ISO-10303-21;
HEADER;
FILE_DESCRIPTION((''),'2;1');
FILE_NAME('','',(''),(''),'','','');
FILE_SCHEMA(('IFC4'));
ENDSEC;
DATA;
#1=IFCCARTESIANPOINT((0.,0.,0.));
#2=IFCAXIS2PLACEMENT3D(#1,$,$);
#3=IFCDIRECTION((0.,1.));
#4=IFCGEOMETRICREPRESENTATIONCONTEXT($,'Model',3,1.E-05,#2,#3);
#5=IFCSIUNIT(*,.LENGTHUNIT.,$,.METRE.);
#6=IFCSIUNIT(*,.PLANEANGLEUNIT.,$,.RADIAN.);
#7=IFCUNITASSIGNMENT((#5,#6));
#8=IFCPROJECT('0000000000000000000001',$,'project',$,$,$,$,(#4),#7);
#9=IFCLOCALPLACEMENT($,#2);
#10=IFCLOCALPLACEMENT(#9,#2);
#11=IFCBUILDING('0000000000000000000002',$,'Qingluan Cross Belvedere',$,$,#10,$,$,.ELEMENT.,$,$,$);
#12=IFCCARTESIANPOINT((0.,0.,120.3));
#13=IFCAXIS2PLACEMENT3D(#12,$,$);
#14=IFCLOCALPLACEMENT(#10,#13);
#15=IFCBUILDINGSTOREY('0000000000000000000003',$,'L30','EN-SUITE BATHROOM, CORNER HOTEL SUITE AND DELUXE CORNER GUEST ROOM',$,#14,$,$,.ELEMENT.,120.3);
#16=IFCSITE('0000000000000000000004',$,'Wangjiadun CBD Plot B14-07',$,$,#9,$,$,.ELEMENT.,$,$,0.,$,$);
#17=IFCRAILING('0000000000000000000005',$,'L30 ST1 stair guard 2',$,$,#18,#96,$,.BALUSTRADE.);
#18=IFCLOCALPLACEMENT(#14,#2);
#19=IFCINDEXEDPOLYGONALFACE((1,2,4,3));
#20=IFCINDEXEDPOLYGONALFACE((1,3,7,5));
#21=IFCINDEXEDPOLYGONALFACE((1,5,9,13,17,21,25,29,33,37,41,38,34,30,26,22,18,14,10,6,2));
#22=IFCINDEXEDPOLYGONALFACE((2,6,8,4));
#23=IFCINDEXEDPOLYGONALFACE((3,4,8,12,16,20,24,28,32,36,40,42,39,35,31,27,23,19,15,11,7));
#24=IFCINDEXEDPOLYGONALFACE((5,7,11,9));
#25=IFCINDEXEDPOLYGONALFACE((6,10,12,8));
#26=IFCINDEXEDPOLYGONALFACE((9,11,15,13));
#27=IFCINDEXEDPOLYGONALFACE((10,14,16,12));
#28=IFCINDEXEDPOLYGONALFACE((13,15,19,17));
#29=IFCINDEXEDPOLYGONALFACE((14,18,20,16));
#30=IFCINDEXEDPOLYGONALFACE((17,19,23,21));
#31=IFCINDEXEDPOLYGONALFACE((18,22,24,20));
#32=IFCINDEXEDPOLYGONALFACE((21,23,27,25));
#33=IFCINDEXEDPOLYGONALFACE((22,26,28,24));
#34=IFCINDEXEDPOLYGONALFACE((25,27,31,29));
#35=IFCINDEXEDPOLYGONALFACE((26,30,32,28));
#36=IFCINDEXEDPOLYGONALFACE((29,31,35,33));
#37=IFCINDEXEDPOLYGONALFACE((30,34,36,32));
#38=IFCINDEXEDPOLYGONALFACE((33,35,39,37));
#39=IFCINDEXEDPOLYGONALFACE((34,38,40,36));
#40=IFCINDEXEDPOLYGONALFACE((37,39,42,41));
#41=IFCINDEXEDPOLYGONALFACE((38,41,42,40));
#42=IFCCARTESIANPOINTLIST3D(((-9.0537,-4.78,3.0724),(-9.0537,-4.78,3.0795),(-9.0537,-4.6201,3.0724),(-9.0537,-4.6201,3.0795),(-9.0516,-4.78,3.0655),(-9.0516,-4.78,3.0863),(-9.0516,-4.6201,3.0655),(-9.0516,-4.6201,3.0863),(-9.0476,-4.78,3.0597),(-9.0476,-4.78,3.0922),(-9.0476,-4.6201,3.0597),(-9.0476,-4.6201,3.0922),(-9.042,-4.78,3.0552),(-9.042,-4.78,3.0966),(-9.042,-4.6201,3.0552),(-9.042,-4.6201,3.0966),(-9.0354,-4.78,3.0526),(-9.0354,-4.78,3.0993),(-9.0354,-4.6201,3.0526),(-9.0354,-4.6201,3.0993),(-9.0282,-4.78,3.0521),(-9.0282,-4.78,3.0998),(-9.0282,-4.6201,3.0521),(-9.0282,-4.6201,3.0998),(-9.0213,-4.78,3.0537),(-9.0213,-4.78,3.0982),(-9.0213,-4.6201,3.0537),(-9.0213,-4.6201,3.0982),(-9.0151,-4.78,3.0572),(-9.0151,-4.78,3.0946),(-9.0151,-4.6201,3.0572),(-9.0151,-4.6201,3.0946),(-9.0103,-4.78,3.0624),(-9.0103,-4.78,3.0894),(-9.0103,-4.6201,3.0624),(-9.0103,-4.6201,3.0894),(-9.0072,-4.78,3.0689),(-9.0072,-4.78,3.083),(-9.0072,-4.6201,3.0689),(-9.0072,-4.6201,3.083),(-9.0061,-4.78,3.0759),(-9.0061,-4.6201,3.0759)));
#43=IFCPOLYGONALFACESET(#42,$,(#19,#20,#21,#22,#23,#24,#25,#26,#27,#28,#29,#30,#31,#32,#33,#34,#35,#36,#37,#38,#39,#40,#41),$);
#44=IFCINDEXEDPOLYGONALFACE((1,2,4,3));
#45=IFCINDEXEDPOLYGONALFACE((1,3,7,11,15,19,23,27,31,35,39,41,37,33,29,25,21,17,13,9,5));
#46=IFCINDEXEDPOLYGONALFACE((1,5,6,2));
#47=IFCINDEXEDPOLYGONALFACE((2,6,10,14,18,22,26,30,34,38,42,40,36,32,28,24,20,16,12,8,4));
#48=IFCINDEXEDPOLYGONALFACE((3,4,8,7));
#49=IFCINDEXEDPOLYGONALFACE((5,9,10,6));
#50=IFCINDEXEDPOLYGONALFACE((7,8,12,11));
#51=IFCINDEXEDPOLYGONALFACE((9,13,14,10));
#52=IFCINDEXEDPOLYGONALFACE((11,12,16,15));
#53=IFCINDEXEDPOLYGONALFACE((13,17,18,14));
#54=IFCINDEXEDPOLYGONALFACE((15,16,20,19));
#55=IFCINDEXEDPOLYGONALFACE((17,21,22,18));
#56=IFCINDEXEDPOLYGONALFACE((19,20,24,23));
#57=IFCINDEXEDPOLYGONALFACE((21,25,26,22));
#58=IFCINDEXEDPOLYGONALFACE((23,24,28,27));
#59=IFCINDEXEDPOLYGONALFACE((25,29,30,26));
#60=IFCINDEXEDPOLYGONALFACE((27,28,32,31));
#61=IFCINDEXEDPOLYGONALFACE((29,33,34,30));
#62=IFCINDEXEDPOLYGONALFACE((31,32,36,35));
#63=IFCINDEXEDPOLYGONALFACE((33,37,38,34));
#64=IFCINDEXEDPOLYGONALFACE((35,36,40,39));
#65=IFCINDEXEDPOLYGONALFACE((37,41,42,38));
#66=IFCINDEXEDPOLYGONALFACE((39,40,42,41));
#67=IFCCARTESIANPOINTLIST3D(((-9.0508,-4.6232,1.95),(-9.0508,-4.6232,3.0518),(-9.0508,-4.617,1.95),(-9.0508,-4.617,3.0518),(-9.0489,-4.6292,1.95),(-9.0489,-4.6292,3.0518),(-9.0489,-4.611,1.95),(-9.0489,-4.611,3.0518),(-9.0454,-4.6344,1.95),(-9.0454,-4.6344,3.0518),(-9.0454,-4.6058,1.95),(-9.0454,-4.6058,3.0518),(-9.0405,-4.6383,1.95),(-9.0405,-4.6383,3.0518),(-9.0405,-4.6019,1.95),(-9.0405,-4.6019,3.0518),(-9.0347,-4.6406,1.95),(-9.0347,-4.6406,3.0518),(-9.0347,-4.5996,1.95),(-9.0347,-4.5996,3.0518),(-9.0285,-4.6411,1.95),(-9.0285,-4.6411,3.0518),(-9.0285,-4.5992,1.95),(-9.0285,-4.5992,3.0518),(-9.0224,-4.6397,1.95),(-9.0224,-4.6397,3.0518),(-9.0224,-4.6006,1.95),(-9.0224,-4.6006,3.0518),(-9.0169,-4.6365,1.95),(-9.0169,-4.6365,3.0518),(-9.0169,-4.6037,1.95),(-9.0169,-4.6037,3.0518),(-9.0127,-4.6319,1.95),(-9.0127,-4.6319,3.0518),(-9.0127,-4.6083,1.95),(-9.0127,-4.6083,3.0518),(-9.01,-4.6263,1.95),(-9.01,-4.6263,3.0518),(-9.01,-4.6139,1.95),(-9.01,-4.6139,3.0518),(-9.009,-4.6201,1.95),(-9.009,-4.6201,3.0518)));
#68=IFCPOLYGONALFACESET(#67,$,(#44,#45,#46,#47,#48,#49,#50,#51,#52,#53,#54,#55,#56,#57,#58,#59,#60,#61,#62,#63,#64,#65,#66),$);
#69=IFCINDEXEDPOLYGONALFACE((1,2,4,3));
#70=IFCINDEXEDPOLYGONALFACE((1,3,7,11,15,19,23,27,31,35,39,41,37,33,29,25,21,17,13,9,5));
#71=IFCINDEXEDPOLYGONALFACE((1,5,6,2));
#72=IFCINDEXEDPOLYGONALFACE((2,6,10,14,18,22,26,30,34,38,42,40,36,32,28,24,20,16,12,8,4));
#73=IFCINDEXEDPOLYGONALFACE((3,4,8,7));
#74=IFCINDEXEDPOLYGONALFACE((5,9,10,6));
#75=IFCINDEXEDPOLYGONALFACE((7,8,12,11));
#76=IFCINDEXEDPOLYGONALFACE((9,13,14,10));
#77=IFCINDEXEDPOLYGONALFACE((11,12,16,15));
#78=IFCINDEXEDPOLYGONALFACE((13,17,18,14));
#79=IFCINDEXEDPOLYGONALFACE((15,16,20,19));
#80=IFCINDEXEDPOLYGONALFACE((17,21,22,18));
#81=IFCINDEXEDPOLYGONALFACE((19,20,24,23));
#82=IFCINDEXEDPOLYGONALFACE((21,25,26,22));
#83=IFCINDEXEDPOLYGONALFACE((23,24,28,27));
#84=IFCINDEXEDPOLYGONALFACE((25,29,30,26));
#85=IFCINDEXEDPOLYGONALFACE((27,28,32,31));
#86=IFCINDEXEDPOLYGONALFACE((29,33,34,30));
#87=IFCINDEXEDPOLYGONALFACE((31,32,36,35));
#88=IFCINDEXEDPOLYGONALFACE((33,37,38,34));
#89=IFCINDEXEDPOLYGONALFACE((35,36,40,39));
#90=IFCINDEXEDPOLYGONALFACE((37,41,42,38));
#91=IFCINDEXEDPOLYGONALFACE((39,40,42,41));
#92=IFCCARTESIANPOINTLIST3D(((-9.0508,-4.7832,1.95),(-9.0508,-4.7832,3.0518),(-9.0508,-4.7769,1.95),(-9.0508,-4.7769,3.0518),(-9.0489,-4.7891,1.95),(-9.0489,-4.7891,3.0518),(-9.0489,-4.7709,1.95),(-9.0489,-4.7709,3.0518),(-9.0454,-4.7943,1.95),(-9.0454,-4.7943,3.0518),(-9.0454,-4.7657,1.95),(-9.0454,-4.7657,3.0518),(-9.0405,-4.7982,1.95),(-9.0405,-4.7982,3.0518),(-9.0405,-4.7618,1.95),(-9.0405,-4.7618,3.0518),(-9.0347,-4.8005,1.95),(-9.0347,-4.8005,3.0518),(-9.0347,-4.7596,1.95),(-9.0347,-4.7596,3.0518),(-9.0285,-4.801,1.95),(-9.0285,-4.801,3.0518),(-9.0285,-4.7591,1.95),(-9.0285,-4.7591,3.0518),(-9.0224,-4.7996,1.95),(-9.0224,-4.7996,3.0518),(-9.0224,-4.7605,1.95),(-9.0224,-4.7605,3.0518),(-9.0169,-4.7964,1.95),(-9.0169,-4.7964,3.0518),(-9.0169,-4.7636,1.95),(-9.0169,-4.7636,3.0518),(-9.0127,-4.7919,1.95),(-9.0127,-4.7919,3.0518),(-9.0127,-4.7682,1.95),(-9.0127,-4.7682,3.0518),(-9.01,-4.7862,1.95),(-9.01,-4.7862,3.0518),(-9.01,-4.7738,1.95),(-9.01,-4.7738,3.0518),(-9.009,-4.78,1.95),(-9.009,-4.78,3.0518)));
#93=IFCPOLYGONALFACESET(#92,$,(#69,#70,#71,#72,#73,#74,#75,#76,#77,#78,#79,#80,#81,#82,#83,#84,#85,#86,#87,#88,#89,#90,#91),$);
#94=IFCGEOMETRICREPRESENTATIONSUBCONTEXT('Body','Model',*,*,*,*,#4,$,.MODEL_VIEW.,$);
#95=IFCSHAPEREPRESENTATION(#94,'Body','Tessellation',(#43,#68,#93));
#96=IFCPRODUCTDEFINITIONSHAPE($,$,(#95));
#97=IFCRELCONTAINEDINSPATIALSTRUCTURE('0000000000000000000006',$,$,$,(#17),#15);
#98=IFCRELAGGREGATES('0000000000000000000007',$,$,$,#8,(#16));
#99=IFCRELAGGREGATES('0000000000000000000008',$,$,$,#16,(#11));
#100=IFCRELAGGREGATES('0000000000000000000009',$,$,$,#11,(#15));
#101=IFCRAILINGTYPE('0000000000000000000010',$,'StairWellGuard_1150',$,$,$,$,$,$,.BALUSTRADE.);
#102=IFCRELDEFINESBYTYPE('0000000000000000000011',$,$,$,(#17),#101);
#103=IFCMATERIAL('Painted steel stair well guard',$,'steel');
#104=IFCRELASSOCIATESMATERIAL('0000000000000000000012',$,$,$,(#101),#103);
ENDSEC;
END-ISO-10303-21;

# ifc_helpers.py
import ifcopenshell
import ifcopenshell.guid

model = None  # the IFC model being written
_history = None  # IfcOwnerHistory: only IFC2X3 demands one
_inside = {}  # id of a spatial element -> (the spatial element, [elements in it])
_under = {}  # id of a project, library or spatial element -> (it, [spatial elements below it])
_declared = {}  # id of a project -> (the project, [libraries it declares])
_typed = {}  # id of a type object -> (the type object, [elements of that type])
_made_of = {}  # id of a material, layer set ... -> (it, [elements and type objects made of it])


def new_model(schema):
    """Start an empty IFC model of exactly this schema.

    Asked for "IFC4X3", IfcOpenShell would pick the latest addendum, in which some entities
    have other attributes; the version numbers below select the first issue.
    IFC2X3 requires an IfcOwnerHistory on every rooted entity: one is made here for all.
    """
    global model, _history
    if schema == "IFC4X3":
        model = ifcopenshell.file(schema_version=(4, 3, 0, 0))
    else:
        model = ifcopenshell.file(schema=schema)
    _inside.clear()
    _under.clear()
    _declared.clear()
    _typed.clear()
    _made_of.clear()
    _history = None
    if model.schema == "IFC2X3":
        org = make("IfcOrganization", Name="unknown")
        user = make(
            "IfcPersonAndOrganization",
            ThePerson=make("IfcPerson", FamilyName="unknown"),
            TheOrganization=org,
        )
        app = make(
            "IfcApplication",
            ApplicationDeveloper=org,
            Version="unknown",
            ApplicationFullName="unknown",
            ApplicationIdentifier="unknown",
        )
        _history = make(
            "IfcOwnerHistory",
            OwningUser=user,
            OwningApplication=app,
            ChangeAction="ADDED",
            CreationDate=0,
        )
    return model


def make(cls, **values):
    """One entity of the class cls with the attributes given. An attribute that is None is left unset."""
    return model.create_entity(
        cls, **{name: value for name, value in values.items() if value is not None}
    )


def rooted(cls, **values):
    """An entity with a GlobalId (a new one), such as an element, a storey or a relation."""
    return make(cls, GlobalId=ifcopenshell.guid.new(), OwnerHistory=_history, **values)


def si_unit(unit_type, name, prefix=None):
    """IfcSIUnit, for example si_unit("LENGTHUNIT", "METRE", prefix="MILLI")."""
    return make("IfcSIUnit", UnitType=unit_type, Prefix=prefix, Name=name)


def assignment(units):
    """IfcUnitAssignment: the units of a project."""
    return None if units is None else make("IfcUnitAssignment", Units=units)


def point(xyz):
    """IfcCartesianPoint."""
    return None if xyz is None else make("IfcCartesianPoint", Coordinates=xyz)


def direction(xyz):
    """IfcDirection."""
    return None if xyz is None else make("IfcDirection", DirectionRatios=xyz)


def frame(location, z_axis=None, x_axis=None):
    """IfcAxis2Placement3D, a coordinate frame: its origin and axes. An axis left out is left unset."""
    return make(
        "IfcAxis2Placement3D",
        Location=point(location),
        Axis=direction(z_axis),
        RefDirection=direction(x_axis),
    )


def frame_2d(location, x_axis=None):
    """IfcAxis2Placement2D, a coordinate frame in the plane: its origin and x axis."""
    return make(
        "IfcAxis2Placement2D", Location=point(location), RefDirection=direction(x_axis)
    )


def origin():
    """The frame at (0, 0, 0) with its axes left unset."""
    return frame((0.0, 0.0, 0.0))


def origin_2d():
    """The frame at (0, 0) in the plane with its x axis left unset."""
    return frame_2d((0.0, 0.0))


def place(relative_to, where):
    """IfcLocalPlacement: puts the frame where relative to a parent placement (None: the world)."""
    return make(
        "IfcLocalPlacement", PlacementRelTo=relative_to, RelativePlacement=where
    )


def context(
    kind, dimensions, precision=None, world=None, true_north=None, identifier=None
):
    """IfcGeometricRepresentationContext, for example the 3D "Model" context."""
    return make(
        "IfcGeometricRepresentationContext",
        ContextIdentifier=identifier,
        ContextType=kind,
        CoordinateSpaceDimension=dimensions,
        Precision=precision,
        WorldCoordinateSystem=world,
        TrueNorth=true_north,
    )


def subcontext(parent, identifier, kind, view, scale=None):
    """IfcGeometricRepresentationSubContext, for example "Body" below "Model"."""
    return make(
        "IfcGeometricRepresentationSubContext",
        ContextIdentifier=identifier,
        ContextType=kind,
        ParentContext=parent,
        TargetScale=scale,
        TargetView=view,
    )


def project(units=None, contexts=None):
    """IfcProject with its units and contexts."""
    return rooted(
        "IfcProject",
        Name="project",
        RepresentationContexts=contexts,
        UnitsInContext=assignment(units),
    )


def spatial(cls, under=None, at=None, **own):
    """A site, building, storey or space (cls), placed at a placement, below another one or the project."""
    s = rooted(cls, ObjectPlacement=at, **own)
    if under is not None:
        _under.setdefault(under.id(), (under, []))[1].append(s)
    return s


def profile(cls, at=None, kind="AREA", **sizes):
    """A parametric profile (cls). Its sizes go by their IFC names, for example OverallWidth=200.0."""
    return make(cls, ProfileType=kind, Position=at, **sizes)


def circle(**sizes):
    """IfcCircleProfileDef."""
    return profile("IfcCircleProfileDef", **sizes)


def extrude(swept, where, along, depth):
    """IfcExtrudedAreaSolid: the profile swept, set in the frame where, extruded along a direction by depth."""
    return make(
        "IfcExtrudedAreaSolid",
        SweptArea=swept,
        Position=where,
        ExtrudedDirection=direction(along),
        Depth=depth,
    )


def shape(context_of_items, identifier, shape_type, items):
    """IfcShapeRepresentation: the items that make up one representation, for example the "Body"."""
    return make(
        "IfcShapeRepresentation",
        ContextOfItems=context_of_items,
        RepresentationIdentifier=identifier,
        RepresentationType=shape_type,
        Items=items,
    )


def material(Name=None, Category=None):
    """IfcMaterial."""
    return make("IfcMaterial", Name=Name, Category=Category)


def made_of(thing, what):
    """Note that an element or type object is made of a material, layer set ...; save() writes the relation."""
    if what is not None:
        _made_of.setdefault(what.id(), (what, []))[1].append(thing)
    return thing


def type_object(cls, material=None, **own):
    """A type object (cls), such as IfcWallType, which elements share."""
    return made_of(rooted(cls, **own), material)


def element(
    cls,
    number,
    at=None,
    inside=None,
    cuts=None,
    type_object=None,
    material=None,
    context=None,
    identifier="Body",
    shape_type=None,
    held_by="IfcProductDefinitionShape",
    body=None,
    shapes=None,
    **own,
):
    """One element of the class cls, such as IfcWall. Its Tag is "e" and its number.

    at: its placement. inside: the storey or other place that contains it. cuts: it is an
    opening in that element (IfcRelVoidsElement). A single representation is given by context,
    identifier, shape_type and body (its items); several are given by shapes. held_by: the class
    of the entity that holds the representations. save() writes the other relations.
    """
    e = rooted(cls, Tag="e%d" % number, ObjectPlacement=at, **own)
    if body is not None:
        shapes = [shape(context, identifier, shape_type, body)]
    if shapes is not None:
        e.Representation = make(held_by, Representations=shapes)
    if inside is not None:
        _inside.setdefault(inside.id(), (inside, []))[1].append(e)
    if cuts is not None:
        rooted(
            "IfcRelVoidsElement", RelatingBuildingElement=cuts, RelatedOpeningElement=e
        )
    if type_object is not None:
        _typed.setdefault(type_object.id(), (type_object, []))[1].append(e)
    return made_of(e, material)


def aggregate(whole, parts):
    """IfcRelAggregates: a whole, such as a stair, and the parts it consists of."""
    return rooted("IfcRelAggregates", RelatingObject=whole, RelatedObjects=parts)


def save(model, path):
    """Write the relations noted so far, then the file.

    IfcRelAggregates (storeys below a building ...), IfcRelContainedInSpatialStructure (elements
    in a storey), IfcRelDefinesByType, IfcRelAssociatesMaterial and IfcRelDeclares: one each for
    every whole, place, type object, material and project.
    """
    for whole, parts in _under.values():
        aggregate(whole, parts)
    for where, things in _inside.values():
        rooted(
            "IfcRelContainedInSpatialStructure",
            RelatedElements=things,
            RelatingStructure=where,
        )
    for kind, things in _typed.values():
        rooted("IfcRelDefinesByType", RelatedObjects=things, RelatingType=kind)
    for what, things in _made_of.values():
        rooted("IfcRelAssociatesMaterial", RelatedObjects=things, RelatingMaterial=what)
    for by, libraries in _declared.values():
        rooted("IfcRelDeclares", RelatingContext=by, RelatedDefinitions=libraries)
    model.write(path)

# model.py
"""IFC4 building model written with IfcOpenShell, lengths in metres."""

from ifc_helpers import new_model, si_unit, direction, frame, origin, origin_2d, place, context, subcontext, project, spatial, circle, extrude, material, type_object, element, save


model = new_model("IFC4")

# Units and contexts
model_context = context("Model", 3, precision=1e-05, world=origin(), true_north=direction((0.0, 1.0)))
body_context = subcontext(model_context, "Body", "Model", "MODEL_VIEW")
ifc_project = project(units=[si_unit("LENGTHUNIT", "METRE"), si_unit("PLANEANGLEUNIT", "RADIAN")], contexts=[model_context])

# Site, building, storey
site_placement = place(None, origin())
site = spatial("IfcSite", under=ifc_project, at=site_placement, Name="Wangjiadun CBD Plot B14-07", CompositionType="ELEMENT", RefElevation=0.0)
building_placement = place(site_placement, origin())
building = spatial("IfcBuilding", under=site, at=building_placement, Name="Qingluan Cross Belvedere", CompositionType="ELEMENT")
storey_placement = place(building_placement, frame((0.0, 0.0, 120.3)))
storey = spatial("IfcBuildingStorey", under=building, at=storey_placement, Name="L30", Description="EN-SUITE BATHROOM, CORNER HOTEL SUITE AND DELUXE CORNER GUEST ROOM", CompositionType="ELEMENT", Elevation=120.3)

# Railing
ifc_material_1 = material(Name="Painted steel stair well guard", Category="steel")
railing_type_1 = type_object("IfcRailingType", Name="StairWellGuard_1150", PredefinedType="BALUSTRADE", material=ifc_material_1)
railing_1_placement = place(storey_placement, frame((-9.03, -4.6201, 1.95)))
element("IfcRailing", 1, at=railing_1_placement, inside=storey, type_object=railing_type_1, Name="L30 ST1 stair guard 2", PredefinedType="BALUSTRADE", context=body_context, shape_type="SweptSolid", body=[
    extrude(circle(Radius=0.0239, at=origin_2d()), frame((0.0, 0.0, 1.126), z_axis=(0.0, -1.0, 0.0), x_axis=(1.0, 0.0, 0.0)), (0.0, 0.0, 1.0), 0.1599),
    extrude(circle(Radius=0.021, at=origin_2d()), origin(), (0.0, 0.0, 1.0), 1.1018),
    extrude(circle(Radius=0.021, at=origin_2d()), frame((0.0, -0.1599, 0.0)), (0.0, 0.0, 1.0), 1.1018),
])

save(model, "model.ifc")
